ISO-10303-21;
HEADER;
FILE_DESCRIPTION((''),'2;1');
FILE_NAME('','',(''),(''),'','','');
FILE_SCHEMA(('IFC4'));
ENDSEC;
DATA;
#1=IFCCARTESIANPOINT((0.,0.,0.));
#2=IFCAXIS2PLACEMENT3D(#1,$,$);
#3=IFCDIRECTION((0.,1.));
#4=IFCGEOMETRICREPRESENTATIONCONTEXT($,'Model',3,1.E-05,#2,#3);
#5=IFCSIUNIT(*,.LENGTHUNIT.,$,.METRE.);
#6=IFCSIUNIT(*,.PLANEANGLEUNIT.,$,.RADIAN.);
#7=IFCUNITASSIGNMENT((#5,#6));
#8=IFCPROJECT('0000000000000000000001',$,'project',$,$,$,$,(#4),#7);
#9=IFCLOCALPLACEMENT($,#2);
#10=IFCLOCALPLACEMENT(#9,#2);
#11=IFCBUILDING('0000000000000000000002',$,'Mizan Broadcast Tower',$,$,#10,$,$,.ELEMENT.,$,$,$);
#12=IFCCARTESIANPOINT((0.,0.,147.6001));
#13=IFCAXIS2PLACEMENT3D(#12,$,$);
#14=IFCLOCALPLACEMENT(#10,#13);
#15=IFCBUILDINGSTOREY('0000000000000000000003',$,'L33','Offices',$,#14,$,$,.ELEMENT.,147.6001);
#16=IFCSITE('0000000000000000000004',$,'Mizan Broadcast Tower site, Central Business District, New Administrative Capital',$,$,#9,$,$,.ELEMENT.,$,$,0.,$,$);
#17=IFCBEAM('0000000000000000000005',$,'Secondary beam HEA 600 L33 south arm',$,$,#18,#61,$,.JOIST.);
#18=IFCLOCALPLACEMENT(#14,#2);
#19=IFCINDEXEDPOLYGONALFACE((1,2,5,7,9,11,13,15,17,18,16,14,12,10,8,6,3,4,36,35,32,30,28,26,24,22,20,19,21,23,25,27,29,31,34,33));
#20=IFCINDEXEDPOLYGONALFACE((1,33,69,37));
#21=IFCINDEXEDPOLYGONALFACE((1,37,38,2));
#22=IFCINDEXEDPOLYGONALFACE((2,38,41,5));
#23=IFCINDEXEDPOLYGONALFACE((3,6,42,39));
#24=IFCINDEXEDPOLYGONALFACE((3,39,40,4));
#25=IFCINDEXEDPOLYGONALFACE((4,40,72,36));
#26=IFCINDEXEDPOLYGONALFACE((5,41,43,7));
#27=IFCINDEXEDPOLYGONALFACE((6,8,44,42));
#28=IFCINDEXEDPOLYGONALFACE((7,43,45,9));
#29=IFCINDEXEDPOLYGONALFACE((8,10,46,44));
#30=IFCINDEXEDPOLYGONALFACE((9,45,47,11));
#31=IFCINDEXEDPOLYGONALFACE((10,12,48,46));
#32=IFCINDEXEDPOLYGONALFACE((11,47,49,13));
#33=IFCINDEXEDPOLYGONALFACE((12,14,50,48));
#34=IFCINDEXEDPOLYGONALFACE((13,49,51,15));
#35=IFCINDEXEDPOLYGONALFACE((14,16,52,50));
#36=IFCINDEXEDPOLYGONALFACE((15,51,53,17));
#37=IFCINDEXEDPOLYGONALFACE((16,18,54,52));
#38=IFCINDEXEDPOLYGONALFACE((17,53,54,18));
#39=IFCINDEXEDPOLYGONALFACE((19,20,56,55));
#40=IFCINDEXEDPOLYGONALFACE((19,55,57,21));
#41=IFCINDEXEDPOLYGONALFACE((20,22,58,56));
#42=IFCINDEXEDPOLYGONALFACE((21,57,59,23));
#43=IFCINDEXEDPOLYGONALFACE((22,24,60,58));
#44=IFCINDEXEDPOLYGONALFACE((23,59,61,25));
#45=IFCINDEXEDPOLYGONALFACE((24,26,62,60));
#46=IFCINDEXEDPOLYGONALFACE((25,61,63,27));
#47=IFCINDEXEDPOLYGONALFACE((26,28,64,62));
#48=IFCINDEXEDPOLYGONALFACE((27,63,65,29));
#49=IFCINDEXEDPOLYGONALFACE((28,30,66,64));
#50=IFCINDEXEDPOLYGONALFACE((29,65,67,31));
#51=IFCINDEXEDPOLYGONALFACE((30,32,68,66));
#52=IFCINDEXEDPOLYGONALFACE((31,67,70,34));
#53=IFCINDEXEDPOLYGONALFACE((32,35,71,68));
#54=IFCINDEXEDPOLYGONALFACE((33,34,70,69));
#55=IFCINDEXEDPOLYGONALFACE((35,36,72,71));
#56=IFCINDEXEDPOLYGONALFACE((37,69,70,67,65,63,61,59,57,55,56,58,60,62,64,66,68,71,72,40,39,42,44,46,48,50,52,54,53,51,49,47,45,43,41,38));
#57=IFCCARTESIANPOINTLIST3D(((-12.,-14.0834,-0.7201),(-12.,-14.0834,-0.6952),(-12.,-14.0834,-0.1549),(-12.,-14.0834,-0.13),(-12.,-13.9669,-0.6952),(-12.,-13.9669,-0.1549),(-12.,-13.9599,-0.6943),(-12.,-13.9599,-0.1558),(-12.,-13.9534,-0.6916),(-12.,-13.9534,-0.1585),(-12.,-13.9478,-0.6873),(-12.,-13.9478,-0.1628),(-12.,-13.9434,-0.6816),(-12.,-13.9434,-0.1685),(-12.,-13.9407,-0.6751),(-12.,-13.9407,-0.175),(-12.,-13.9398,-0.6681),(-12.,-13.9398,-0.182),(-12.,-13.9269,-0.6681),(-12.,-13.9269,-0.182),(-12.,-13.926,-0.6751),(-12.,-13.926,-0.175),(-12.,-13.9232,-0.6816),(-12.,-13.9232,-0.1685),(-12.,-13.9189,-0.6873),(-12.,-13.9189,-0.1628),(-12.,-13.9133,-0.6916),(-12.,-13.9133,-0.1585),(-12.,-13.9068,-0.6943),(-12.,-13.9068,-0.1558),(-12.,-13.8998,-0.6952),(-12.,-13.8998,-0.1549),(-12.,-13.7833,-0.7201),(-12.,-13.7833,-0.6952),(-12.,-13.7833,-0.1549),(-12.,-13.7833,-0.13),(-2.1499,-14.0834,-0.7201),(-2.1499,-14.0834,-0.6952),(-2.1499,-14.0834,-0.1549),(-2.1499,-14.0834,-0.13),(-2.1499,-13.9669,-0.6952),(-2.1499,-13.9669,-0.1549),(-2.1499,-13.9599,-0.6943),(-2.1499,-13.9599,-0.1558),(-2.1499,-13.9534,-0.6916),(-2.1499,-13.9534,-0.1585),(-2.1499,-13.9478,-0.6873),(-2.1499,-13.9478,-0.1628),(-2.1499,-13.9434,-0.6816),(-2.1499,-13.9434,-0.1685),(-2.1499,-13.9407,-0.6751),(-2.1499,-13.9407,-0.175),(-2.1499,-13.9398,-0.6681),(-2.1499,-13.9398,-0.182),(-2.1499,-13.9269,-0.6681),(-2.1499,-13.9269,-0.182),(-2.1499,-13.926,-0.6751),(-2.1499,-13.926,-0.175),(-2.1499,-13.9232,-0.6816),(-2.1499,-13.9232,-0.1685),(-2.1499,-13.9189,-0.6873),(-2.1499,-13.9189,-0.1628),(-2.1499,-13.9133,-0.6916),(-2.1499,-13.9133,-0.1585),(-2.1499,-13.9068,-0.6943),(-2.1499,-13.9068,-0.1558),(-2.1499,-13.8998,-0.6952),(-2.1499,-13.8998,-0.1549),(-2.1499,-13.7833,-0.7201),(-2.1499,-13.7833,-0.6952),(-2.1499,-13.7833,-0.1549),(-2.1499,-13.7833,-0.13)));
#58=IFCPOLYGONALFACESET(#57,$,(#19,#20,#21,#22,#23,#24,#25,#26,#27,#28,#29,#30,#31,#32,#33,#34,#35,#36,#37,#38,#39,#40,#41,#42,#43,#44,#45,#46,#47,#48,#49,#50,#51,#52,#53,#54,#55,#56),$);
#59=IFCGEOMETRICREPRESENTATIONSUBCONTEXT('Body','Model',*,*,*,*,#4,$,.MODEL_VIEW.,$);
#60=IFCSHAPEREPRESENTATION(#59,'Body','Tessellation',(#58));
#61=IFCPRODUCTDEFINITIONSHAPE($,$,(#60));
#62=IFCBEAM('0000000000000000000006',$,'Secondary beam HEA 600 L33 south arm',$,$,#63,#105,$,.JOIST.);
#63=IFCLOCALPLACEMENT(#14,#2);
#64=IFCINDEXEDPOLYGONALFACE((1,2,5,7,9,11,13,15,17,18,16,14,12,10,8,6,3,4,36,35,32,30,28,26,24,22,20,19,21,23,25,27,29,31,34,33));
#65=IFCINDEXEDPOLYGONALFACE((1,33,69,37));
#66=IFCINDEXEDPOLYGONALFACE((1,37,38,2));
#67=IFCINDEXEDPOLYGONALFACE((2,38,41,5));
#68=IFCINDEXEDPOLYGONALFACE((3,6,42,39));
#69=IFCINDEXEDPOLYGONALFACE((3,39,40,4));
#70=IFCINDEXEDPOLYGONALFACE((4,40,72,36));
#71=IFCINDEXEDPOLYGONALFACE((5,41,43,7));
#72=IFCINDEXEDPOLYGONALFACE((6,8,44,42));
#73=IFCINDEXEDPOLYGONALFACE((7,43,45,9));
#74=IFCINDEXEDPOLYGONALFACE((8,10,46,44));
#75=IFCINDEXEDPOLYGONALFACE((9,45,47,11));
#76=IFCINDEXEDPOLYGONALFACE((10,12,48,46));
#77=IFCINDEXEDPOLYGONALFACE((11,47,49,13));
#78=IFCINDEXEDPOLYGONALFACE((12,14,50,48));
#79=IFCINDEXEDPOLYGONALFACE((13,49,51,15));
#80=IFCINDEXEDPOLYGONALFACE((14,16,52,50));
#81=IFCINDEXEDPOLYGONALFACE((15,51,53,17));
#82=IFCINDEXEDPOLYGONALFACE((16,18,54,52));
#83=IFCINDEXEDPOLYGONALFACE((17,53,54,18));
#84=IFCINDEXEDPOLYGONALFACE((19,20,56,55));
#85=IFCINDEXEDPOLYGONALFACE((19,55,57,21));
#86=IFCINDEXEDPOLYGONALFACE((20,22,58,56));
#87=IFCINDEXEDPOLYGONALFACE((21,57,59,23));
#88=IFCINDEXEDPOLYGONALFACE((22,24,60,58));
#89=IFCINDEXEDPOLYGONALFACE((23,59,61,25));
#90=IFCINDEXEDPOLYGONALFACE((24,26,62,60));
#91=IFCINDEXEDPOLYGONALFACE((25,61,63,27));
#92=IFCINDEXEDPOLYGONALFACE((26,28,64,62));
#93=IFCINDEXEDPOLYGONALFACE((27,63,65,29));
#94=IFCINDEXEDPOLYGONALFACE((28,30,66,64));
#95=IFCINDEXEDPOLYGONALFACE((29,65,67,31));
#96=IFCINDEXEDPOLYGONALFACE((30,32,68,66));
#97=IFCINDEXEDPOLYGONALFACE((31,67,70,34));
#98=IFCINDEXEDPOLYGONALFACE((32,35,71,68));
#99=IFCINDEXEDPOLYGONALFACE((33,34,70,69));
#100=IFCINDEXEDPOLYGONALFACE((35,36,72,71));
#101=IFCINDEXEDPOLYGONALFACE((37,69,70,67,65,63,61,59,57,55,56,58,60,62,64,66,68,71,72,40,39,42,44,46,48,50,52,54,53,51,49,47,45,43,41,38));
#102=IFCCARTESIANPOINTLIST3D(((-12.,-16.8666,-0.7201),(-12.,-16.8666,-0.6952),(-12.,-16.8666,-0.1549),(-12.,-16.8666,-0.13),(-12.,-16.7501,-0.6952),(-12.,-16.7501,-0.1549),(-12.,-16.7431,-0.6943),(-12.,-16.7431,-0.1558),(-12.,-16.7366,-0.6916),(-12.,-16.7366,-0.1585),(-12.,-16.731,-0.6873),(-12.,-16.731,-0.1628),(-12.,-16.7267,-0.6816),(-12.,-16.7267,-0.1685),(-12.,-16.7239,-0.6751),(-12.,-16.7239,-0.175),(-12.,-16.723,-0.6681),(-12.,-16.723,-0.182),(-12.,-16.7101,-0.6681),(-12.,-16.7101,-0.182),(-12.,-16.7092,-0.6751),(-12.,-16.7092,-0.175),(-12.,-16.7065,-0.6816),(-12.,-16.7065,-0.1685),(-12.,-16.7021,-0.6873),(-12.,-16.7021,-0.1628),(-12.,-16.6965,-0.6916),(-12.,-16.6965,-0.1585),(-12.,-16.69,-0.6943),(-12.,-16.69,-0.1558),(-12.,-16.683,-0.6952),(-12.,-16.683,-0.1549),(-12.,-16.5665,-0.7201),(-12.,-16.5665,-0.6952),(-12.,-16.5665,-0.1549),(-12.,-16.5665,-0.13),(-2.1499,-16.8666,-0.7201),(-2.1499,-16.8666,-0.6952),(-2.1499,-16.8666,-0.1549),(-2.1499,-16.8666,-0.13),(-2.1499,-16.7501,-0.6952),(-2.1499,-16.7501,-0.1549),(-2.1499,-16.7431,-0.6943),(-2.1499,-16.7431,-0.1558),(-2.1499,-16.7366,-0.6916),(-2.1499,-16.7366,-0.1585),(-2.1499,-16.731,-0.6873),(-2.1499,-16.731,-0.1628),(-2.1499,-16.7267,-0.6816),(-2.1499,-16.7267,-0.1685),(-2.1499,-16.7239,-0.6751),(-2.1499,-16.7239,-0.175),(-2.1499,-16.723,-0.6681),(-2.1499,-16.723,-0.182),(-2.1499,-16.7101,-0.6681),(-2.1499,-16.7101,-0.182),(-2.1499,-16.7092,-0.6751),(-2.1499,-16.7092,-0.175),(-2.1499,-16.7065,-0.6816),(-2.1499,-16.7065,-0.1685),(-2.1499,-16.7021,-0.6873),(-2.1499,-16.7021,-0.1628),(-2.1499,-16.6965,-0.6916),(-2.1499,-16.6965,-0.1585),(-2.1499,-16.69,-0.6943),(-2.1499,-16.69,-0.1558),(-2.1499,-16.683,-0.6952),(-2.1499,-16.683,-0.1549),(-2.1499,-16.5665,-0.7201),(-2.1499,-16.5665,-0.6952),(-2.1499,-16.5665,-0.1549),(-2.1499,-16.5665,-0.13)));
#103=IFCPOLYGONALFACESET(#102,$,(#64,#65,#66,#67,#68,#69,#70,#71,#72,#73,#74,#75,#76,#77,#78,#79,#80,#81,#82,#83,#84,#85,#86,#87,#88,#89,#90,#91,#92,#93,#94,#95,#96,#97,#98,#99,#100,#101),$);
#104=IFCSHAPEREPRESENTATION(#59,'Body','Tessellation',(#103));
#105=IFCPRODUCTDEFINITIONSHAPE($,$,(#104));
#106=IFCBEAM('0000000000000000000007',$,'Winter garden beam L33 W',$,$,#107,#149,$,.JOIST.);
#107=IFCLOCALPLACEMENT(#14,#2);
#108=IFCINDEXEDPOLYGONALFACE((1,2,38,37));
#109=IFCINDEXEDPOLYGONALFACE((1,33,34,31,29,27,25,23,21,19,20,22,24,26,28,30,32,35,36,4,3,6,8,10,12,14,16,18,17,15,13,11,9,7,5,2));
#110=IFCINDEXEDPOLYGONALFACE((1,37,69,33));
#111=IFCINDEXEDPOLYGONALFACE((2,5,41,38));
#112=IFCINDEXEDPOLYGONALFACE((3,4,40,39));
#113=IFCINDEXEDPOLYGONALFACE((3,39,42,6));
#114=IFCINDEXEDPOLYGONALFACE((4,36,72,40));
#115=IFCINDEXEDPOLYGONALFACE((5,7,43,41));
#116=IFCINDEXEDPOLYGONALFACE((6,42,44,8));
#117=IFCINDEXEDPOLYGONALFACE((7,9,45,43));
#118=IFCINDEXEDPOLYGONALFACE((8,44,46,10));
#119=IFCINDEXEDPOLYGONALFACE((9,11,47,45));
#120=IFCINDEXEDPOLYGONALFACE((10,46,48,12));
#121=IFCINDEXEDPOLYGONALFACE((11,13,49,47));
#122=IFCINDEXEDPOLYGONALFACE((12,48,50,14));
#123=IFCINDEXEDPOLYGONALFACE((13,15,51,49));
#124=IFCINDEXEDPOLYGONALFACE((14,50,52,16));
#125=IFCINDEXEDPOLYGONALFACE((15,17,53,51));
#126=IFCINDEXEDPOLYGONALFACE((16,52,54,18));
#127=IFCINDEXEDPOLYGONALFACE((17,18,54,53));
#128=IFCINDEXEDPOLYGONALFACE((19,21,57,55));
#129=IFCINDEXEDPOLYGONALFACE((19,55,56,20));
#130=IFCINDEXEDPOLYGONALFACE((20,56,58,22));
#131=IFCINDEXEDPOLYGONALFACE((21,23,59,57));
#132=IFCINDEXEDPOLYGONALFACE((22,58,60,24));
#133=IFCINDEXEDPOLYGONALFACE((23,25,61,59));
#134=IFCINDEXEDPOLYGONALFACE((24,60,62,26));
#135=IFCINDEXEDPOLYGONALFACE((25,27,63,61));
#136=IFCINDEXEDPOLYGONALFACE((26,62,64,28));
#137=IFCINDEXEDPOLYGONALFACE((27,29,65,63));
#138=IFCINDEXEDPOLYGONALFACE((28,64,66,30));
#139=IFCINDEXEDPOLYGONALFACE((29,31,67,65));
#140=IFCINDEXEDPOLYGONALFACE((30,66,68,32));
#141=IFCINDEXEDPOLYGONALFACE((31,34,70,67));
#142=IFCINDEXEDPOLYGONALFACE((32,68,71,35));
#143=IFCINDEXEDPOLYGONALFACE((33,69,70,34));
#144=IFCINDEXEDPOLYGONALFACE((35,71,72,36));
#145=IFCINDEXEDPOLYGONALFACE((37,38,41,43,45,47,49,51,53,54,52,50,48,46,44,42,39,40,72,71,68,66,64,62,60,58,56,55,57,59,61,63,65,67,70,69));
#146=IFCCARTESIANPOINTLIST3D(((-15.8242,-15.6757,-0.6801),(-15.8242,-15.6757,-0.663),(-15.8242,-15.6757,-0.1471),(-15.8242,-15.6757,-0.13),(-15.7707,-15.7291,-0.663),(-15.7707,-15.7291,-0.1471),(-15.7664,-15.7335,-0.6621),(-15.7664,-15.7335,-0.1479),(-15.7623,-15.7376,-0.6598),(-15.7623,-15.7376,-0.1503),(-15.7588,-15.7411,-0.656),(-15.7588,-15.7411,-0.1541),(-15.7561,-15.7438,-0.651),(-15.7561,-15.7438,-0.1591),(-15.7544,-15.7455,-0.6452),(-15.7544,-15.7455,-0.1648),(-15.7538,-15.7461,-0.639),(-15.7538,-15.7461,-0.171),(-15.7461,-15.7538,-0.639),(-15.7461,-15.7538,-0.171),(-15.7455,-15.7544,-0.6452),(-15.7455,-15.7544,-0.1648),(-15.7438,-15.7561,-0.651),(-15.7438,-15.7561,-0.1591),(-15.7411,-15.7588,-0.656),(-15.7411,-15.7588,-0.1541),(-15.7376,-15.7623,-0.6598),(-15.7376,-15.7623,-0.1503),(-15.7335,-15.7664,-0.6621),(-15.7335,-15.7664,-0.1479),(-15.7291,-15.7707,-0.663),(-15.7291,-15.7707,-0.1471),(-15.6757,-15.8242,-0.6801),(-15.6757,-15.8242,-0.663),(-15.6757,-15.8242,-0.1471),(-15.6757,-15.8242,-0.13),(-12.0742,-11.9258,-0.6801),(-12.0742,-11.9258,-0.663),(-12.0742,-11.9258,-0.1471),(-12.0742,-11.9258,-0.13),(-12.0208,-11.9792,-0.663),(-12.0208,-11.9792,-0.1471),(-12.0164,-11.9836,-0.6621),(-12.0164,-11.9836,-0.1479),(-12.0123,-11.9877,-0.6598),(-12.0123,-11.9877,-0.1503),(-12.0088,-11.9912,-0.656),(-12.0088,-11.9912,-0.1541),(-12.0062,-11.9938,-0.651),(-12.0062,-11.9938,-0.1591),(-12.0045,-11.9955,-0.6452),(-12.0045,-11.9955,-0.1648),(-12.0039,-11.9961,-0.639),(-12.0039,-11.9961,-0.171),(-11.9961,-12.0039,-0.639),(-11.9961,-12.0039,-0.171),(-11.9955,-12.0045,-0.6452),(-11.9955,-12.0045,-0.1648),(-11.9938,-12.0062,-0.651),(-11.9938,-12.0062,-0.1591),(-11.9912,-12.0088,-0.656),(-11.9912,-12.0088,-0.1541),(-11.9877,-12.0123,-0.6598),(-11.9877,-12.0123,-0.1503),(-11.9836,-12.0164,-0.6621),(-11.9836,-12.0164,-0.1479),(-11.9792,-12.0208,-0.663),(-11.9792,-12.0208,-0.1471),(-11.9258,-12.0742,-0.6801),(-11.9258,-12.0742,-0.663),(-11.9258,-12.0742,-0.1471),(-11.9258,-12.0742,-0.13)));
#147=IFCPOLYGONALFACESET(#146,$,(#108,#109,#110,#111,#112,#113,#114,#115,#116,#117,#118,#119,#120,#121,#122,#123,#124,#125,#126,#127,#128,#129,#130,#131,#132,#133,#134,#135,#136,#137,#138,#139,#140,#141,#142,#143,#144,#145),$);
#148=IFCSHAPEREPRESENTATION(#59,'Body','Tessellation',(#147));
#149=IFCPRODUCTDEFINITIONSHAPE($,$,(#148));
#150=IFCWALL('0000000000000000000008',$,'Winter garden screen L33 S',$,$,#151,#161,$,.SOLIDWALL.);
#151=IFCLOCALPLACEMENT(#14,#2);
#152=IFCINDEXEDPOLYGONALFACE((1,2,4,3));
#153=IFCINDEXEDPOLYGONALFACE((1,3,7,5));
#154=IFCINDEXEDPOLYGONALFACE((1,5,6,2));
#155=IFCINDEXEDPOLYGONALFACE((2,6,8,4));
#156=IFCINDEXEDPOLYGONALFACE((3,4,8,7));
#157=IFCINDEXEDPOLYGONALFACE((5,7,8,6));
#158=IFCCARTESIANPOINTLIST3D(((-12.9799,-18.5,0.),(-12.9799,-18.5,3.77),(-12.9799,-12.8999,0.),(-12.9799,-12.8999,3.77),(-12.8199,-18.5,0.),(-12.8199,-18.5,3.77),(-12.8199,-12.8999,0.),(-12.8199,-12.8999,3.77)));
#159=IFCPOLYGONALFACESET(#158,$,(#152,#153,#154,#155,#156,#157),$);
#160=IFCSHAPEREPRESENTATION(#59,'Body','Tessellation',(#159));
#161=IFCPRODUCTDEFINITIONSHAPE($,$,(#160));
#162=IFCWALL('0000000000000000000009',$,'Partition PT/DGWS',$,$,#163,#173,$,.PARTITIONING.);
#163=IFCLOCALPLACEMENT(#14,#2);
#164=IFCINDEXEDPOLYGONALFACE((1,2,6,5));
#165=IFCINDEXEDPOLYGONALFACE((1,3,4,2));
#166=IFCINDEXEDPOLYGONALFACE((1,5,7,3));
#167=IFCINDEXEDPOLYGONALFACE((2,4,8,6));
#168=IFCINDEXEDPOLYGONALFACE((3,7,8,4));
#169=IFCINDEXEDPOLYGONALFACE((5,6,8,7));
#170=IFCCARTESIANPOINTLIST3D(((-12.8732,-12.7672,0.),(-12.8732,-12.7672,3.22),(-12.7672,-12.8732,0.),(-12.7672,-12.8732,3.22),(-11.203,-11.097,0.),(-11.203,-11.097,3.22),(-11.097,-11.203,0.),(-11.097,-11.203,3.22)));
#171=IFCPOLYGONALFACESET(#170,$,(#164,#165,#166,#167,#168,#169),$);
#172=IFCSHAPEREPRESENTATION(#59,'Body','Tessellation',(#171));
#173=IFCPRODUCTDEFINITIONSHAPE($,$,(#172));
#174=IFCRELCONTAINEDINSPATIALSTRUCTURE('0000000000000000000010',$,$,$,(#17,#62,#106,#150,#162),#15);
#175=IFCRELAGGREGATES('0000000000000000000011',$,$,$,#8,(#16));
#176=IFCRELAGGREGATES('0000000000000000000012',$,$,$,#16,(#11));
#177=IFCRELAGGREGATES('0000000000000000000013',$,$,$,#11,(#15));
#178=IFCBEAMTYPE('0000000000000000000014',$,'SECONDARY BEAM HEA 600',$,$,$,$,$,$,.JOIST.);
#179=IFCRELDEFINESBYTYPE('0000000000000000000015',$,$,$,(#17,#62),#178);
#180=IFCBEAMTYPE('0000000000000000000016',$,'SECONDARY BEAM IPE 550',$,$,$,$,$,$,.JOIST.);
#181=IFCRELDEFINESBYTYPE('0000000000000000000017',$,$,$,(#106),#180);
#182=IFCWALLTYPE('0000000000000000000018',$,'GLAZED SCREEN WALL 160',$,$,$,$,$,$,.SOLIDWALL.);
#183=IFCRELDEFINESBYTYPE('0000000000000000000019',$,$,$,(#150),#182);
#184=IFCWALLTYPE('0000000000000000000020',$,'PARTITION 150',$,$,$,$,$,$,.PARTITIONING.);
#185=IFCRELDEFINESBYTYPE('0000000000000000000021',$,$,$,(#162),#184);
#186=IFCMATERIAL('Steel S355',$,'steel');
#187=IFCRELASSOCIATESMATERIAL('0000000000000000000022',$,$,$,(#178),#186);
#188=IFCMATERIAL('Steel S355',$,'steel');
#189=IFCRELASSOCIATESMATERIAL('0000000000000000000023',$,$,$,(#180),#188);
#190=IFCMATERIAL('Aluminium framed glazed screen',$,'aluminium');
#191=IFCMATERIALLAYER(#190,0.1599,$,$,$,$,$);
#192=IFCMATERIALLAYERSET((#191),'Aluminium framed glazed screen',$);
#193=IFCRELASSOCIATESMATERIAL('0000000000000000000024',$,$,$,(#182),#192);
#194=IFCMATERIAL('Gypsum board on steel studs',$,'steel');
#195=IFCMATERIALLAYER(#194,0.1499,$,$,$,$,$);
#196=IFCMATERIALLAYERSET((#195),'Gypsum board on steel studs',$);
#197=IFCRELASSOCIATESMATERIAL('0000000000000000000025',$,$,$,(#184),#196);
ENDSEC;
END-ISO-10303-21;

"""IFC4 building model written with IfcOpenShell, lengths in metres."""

from ifc_helpers import new_model, si_unit, direction, frame, frame_2d, origin, origin_2d, place, context, subcontext, project, spatial, rectangle, i_section, extrude, material, layer, layer_set, material_profile, profile_set, type_object, element, save


model = new_model("IFC4")

# Units and contexts
model_context = context("Model", 3, precision=1e-05, world=origin(), true_north=direction((0.0, 1.0)))
body_context = subcontext(model_context, "Body", "Model", "MODEL_VIEW")
ifc_project = project(units=[si_unit("LENGTHUNIT", "METRE"), si_unit("PLANEANGLEUNIT", "RADIAN")], contexts=[model_context])

# Site, building, storey
site_placement = place(None, origin())
site = spatial("IfcSite", under=ifc_project, at=site_placement, Name="Mizan Broadcast Tower site, Central Business District, New Administrative Capital", CompositionType="ELEMENT", RefElevation=0.0)
building_placement = place(site_placement, origin())
building = spatial("IfcBuilding", under=site, at=building_placement, Name="Mizan Broadcast Tower", CompositionType="ELEMENT")
storey_placement = place(building_placement, frame((0.0, 0.0, 147.6001)))
storey = spatial("IfcBuildingStorey", under=building, at=storey_placement, Name="L33", Description="Offices", CompositionType="ELEMENT", Elevation=147.6001)

# Beams
ifc_material_1 = material(Name="Steel S355", Category="steel")
ifc_material_profile_1 = material_profile(ifc_material_1, i_section(OverallWidth=0.3, OverallDepth=0.5901, WebThickness=0.0129, FlangeThickness=0.0249, FilletRadius=0.0271, at=origin_2d()), Name="HEA 600")
ifc_profile_set_1 = profile_set([ifc_material_profile_1], Name="Steel S355")
beam_type_1 = type_object("IfcBeamType", Name="SECONDARY BEAM HEA 600", PredefinedType="JOIST", material=ifc_profile_set_1)
for number, where, z_axis, x_axis, name in (
    (1, (-12.0, -13.9333, -0.425), (1.0, 0.0, 0.0), (0.0, 1.0, 0.0), "Secondary beam HEA 600 L33 south arm"),
    (2, (-12.0, -16.7166, -0.425), (1.0, 0.0, 0.0), (0.0, 1.0, 0.0), "Secondary beam HEA 600 L33 south arm"),
):
    element("IfcBeam", number, at=place(storey_placement, frame(where, z_axis=z_axis, x_axis=x_axis)), inside=storey, type_object=beam_type_1, Name=name, PredefinedType="JOIST", context=body_context, shape_type="SweptSolid", body=[
        extrude(i_section(OverallWidth=0.3, OverallDepth=0.5901, WebThickness=0.0129, FlangeThickness=0.0249, FilletRadius=0.0271, at=origin_2d()), origin(), (0.0, 0.0, 1.0), 9.8501),
    ])
ifc_material_2 = material(Name="Steel S355", Category="steel")
ifc_material_profile_2 = material_profile(ifc_material_2, i_section(OverallWidth=0.21, OverallDepth=0.55, WebThickness=0.011, FlangeThickness=0.0171, FilletRadius=0.0239, at=origin_2d()), Name="IPE 550")
ifc_profile_set_2 = profile_set([ifc_material_profile_2], Name="Steel S355")
beam_type_2 = type_object("IfcBeamType", Name="SECONDARY BEAM IPE 550", PredefinedType="JOIST", material=ifc_profile_set_2)
beam_1_placement = place(storey_placement, frame((-12.0, -12.0, -0.405), z_axis=(-0.707107, -0.707107, 0.0), x_axis=(0.707107, -0.707107, 0.0)))
element("IfcBeam", 3, at=beam_1_placement, inside=storey, type_object=beam_type_2, Name="Winter garden beam L33 W", PredefinedType="JOIST", context=body_context, shape_type="SweptSolid", body=[
    extrude(i_section(OverallWidth=0.21, OverallDepth=0.55, WebThickness=0.011, FlangeThickness=0.0171, FilletRadius=0.0239, at=origin_2d()), origin(), (0.0, 0.0, 1.0), 5.3032),
])

# Walls
ifc_material_3 = material(Name="Aluminium framed glazed screen", Category="aluminium")
ifc_layer_1 = layer(ifc_material_3, 0.1599)
ifc_layer_set_1 = layer_set([ifc_layer_1], Name="Aluminium framed glazed screen")
wall_type_1 = type_object("IfcWallType", Name="GLAZED SCREEN WALL 160", PredefinedType="SOLIDWALL", material=ifc_layer_set_1)
wall_1_placement = place(storey_placement, frame((-12.8999, -12.8999, 0.0), z_axis=(0.0, 0.0, 1.0), x_axis=(0.0, -1.0, 0.0)))
element("IfcWall", 4, at=wall_1_placement, inside=storey, type_object=wall_type_1, Name="Winter garden screen L33 S", PredefinedType="SOLIDWALL", context=body_context, shape_type="SweptSolid", body=[
    extrude(rectangle(XDim=5.6001, YDim=0.1599, at=frame_2d((2.8, 0.0))), origin(), (0.0, 0.0, 1.0), 3.77),
])
ifc_material_4 = material(Name="Gypsum board on steel studs", Category="steel")
ifc_layer_2 = layer(ifc_material_4, 0.1499)
ifc_layer_set_2 = layer_set([ifc_layer_2], Name="Gypsum board on steel studs")
wall_type_2 = type_object("IfcWallType", Name="PARTITION 150", PredefinedType="PARTITIONING", material=ifc_layer_set_2)
wall_2_placement = place(storey_placement, frame((-11.1499, -11.1499, 0.0), z_axis=(0.0, 0.0, 1.0), x_axis=(-0.707107, -0.707107, 0.0)))
element("IfcWall", 5, at=wall_2_placement, inside=storey, type_object=wall_type_2, Name="Partition PT/DGWS", PredefinedType="PARTITIONING", context=body_context, shape_type="SweptSolid", body=[
    extrude(rectangle(XDim=2.3621, YDim=0.1499, at=frame_2d((1.1812, 0.0))), origin(), (0.0, 0.0, 1.0), 3.22),
])

save(model, "model.ifc")
